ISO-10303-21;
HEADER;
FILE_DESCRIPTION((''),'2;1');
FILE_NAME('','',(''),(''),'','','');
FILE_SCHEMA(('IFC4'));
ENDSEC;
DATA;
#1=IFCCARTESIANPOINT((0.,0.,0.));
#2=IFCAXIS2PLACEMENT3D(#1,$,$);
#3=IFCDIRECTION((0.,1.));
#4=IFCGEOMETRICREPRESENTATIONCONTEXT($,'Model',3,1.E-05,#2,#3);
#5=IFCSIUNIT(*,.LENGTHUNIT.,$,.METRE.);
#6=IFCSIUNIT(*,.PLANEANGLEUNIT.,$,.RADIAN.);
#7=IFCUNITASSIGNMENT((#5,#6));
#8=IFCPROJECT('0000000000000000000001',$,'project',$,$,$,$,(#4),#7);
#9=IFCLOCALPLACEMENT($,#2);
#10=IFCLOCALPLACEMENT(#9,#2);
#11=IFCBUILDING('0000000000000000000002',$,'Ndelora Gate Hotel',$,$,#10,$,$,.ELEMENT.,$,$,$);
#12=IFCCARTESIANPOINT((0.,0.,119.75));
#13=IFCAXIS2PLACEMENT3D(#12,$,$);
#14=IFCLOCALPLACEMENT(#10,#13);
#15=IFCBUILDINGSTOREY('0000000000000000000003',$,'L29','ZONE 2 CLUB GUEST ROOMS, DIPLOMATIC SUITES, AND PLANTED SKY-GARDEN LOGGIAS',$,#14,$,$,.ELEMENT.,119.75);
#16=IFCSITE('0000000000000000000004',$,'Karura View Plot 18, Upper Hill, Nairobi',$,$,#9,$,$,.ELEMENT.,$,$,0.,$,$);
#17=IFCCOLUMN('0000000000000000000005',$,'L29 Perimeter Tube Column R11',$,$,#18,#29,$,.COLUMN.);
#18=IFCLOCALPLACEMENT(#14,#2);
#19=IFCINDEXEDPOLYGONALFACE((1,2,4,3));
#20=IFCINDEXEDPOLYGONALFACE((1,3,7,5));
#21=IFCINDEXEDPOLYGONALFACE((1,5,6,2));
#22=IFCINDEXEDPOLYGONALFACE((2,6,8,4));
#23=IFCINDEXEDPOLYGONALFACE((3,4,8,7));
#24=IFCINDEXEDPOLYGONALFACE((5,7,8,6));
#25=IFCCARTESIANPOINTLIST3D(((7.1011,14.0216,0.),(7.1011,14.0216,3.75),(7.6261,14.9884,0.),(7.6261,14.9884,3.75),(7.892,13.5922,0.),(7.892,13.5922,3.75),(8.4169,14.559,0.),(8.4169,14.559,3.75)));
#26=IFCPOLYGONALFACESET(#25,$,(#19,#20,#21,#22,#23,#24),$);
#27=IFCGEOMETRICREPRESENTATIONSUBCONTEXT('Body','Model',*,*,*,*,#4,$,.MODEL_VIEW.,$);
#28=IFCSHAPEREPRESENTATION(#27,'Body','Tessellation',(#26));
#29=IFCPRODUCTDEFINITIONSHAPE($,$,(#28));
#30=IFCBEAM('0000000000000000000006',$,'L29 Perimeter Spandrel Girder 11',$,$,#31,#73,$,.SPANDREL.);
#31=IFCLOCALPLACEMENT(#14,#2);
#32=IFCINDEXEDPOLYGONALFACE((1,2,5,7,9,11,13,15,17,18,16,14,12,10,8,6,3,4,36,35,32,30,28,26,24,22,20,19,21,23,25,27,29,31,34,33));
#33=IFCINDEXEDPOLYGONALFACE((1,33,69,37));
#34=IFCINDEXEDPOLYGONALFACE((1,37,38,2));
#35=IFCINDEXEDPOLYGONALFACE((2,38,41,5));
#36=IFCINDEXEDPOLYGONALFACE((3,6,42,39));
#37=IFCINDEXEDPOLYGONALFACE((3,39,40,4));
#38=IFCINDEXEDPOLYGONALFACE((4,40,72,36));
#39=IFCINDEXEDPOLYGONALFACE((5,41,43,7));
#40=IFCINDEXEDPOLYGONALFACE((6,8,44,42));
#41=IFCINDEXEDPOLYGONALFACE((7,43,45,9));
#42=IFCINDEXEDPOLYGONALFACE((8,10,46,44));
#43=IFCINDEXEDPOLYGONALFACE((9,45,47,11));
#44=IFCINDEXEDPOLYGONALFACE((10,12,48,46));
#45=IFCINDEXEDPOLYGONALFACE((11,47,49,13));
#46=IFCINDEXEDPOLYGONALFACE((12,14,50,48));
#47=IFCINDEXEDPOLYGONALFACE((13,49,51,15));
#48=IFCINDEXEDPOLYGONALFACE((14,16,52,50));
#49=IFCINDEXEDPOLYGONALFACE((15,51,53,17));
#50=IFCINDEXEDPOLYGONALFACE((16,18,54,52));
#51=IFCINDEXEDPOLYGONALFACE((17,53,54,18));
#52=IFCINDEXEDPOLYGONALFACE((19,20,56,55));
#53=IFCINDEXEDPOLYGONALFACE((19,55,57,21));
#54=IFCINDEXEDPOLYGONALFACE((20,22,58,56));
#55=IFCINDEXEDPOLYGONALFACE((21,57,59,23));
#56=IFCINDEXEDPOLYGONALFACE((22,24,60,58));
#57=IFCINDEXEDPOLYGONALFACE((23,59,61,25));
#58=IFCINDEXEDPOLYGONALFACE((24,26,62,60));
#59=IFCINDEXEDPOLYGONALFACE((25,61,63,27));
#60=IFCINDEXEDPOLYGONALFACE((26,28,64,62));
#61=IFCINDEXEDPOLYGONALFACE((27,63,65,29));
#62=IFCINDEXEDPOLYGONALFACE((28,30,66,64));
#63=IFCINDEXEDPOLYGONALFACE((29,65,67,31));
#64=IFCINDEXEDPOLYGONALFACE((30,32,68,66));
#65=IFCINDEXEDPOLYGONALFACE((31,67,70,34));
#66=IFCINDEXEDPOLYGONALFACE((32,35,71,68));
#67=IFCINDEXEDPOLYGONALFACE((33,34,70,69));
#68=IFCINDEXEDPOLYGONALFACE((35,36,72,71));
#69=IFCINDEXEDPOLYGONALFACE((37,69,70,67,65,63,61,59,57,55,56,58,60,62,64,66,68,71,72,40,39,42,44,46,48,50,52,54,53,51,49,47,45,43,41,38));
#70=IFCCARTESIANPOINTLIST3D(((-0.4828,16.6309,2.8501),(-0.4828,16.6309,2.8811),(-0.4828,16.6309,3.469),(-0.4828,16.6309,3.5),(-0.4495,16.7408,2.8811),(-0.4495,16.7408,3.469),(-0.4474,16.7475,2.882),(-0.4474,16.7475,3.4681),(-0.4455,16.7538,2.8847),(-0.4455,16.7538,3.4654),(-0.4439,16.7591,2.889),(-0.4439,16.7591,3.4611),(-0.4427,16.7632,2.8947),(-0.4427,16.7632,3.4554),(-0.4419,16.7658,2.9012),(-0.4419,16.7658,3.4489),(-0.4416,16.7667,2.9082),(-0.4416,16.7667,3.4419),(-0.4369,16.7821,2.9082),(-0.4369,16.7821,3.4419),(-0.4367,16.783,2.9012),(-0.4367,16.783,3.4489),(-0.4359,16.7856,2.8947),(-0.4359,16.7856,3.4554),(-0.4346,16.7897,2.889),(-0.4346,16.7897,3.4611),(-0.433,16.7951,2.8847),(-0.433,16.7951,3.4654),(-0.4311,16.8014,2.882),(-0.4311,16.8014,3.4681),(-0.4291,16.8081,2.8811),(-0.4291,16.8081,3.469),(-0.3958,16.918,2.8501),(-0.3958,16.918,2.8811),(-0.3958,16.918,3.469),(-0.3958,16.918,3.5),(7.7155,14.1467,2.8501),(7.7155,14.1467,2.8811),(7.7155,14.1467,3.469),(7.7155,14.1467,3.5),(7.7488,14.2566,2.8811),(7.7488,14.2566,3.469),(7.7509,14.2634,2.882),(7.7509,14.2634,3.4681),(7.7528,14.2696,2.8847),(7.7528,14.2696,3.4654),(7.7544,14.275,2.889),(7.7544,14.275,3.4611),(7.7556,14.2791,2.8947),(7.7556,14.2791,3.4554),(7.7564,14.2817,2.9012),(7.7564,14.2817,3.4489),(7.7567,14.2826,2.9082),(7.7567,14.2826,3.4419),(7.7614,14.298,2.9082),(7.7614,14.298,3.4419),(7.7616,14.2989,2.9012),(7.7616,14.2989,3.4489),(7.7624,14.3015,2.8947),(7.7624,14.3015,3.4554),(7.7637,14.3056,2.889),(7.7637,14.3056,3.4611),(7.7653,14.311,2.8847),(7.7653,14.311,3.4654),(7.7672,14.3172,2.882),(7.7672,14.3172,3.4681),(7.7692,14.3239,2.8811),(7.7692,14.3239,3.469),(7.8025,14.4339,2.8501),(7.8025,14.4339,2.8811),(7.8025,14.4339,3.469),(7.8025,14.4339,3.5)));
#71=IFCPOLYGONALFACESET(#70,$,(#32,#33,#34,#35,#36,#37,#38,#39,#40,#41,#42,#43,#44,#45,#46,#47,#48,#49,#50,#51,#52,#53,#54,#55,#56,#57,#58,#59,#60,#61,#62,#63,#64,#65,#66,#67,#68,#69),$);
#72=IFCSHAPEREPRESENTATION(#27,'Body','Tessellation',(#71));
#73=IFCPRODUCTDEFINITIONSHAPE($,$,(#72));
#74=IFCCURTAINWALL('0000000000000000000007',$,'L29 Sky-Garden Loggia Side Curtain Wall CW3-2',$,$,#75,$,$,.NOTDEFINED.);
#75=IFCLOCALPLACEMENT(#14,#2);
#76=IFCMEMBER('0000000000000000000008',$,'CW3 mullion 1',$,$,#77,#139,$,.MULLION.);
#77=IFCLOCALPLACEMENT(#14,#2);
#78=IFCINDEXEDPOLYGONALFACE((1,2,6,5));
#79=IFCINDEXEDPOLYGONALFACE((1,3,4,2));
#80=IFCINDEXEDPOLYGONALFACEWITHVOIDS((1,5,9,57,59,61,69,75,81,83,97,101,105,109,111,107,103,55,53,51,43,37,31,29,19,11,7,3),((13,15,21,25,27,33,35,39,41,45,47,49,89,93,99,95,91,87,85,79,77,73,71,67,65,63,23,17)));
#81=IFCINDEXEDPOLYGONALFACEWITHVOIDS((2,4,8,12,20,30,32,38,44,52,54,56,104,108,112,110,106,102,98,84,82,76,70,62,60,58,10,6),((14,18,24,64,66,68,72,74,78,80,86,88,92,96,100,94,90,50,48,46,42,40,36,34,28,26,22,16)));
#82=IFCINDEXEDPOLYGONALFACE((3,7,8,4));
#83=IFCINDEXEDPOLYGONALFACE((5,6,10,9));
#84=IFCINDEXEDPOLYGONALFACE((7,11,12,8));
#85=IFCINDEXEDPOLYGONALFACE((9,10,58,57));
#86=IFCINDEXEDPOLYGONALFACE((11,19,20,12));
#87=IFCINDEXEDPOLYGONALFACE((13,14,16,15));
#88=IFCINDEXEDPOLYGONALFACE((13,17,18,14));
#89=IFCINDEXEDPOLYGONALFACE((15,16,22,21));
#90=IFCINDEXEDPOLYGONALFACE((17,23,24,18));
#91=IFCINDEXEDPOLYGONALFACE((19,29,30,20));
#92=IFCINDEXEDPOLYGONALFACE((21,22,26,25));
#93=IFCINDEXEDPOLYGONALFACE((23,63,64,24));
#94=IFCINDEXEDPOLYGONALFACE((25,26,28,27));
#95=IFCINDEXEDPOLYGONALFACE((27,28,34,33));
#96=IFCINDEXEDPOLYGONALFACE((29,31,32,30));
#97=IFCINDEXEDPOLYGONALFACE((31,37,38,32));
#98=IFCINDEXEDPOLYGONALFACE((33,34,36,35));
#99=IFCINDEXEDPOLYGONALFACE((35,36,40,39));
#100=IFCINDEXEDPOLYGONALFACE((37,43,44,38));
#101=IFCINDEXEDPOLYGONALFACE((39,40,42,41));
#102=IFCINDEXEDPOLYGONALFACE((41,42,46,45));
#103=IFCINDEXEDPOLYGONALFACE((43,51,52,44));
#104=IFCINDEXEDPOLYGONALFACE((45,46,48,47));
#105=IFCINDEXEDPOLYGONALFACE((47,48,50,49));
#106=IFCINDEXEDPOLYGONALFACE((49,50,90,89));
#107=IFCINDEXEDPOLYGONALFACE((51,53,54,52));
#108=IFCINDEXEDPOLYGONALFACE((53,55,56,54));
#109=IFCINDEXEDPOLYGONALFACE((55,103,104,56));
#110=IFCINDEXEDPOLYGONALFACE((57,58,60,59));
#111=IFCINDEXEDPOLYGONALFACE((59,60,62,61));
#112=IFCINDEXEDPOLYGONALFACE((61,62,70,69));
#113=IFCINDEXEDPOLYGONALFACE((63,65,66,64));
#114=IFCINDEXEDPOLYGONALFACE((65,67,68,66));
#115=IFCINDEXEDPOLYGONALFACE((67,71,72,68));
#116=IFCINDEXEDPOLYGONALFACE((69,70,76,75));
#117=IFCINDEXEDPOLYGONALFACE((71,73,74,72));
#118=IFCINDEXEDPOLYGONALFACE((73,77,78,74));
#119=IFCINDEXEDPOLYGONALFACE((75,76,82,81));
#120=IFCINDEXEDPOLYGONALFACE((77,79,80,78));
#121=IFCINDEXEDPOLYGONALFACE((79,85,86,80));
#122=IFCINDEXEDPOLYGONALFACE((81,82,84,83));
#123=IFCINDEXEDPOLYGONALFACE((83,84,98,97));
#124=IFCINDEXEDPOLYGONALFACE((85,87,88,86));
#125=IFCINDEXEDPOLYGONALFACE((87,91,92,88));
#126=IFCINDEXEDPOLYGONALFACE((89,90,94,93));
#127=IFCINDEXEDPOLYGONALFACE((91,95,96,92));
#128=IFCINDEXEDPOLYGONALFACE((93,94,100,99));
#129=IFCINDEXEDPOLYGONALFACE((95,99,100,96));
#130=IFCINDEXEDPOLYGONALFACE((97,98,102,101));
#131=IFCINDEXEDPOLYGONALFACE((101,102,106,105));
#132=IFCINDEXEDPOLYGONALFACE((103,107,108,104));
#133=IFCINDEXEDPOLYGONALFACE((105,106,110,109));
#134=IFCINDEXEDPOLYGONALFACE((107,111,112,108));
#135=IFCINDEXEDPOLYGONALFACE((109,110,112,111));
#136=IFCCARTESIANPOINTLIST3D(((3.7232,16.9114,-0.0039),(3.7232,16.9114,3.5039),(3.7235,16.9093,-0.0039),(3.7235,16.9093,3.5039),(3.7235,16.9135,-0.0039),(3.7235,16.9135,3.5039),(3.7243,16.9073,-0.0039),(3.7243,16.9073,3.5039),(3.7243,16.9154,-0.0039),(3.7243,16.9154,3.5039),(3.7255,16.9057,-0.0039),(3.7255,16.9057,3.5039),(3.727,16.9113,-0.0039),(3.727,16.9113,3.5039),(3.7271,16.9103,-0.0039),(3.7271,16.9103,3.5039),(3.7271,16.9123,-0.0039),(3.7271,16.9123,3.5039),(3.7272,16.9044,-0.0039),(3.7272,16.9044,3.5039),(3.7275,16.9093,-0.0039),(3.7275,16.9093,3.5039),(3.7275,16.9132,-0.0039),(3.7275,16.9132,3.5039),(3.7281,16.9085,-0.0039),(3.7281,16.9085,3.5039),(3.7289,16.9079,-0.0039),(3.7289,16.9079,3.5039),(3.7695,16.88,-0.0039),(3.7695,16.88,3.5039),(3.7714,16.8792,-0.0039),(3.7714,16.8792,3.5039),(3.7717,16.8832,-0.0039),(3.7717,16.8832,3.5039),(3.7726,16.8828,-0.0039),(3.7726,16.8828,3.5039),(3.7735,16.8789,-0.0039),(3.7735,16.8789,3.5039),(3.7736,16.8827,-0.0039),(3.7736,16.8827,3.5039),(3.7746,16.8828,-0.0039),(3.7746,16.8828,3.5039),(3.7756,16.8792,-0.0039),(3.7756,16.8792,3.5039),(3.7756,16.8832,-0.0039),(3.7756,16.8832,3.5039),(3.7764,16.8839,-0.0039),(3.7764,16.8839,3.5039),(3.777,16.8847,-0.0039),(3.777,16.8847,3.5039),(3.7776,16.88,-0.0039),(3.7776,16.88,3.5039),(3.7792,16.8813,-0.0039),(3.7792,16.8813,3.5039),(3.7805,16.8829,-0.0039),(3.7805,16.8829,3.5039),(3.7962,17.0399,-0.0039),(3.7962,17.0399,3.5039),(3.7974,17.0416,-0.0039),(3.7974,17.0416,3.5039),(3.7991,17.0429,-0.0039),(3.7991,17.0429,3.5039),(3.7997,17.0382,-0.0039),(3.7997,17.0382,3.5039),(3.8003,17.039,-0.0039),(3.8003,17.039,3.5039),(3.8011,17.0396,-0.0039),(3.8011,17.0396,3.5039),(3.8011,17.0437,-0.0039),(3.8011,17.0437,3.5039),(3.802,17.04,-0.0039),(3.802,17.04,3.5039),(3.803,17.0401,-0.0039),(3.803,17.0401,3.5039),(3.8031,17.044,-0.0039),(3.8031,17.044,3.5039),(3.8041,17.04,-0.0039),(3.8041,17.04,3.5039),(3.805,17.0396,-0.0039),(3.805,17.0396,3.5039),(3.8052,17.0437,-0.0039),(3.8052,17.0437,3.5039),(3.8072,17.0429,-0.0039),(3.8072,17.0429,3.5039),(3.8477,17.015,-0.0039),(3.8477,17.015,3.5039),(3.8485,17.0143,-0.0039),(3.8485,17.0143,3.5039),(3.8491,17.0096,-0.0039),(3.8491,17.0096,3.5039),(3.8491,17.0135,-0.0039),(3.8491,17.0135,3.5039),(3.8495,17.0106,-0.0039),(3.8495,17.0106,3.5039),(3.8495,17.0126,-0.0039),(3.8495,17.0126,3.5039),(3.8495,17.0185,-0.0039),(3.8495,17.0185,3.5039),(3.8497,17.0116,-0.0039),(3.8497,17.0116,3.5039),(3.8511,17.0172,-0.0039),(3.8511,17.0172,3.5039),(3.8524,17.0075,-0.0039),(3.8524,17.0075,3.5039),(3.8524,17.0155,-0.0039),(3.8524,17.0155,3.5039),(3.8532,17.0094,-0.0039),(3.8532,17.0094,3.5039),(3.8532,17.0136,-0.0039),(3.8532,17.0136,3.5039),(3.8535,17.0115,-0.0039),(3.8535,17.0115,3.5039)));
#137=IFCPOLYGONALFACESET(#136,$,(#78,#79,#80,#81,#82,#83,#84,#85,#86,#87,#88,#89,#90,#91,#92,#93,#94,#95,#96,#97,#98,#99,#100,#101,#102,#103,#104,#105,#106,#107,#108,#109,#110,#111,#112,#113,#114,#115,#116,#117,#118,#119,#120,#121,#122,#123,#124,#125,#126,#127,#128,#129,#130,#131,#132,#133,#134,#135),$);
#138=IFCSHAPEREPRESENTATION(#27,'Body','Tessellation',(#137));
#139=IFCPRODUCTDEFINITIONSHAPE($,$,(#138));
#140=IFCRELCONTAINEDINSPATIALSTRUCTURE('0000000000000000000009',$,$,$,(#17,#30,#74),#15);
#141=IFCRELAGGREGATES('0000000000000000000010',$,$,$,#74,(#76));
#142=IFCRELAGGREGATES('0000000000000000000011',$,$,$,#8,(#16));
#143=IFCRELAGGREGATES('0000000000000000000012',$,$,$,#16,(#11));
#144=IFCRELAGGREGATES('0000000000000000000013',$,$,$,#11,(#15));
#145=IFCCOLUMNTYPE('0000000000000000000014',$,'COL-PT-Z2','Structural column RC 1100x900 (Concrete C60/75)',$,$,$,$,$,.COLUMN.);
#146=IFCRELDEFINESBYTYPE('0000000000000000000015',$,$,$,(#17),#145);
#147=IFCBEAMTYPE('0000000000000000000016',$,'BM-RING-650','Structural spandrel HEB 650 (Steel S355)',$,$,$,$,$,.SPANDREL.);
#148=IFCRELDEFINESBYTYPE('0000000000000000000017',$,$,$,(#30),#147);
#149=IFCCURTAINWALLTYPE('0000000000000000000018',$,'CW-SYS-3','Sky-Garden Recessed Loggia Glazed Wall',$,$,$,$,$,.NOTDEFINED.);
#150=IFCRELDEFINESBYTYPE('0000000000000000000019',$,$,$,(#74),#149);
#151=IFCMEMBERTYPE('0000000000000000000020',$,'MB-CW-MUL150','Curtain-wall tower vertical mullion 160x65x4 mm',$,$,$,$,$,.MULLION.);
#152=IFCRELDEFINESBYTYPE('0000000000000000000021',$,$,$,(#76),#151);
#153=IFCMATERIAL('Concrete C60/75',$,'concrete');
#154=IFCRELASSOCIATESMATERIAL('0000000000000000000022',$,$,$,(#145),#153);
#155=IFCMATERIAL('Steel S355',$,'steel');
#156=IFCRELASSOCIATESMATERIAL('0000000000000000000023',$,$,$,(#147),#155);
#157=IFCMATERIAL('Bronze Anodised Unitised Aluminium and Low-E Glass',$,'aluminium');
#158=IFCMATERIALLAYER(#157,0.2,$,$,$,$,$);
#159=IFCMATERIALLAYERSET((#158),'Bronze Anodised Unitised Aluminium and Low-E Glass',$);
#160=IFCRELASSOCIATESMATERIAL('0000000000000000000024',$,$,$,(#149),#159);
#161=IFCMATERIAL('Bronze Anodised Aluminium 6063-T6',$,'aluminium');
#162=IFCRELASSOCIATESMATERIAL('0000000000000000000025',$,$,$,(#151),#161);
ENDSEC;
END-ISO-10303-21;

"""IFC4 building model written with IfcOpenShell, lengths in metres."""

from ifc_helpers import new_model, si_unit, direction, frame, origin, origin_2d, place, context, subcontext, project, spatial, rectangle, hollow_rectangle, i_section, extrude, material, layer, layer_set, material_profile, profile_set, type_object, element, aggregate, save


model = new_model("IFC4")

# Units and contexts
model_context = context("Model", 3, precision=1e-05, world=origin(), true_north=direction((0.0, 1.0)))
body_context = subcontext(model_context, "Body", "Model", "MODEL_VIEW")
ifc_project = project(units=[si_unit("LENGTHUNIT", "METRE"), si_unit("PLANEANGLEUNIT", "RADIAN")], contexts=[model_context])

# Site, building, storey
site_placement = place(None, origin())
site = spatial("IfcSite", under=ifc_project, at=site_placement, Name="Karura View Plot 18, Upper Hill, Nairobi", CompositionType="ELEMENT", RefElevation=0.0)
building_placement = place(site_placement, origin())
building = spatial("IfcBuilding", under=site, at=building_placement, Name="Ndelora Gate Hotel", CompositionType="ELEMENT")
storey_placement = place(building_placement, frame((0.0, 0.0, 119.75)))
storey = spatial("IfcBuildingStorey", under=building, at=storey_placement, Name="L29", Description="ZONE 2 CLUB GUEST ROOMS, DIPLOMATIC SUITES, AND PLANTED SKY-GARDEN LOGGIAS", CompositionType="ELEMENT", Elevation=119.75)

# Column
ifc_material_1 = material(Name="Concrete C60/75", Category="concrete")
ifc_material_profile_1 = material_profile(ifc_material_1, rectangle(XDim=0.8999, YDim=1.1001, at=origin_2d()), Name="RC 1100x900")
ifc_profile_set_1 = profile_set([ifc_material_profile_1], Name="Concrete C60/75")
column_type = type_object("IfcColumnType", Name="COL-PT-Z2", Description="Structural column RC 1100x900 (Concrete C60/75)", PredefinedType="COLUMN", material=ifc_profile_set_1)
column_placement = place(storey_placement, frame((7.759, 14.2903, 0.0), z_axis=(0.0, 0.0, 1.0), x_axis=(-0.878817, 0.477159, 0.0)))
element("IfcColumn", 1, at=column_placement, inside=storey, type_object=column_type, Name="L29 Perimeter Tube Column R11", PredefinedType="COLUMN", context=body_context, shape_type="SweptSolid", body=[
    extrude(rectangle(XDim=0.8999, YDim=1.1001, at=origin_2d()), origin(), (0.0, 0.0, 1.0), 3.75),
])

# Beam
ifc_material_2 = material(Name="Steel S355", Category="steel")
ifc_material_profile_2 = material_profile(ifc_material_2, i_section(OverallWidth=0.3, OverallDepth=0.6499, WebThickness=0.0161, FlangeThickness=0.031, FilletRadius=0.0271, at=origin_2d()), Name="HEB 650")
ifc_profile_set_2 = profile_set([ifc_material_profile_2], Name="Steel S355")
beam_type = type_object("IfcBeamType", Name="BM-RING-650", Description="Structural spandrel HEB 650 (Steel S355)", PredefinedType="SPANDREL", material=ifc_profile_set_2)
beam_placement = place(storey_placement, frame((7.759, 14.2903, 3.175), z_axis=(-0.95703, 0.289988, 0.0), x_axis=(-0.289988, -0.95703, 0.0)))
element("IfcBeam", 2, at=beam_placement, inside=storey, type_object=beam_type, Name="L29 Perimeter Spandrel Girder 11", PredefinedType="SPANDREL", context=body_context, shape_type="SweptSolid", body=[
    extrude(i_section(OverallWidth=0.3, OverallDepth=0.6499, WebThickness=0.0161, FlangeThickness=0.031, FilletRadius=0.0271, at=origin_2d()), origin(), (0.0, 0.0, 1.0), 8.5664),
])

# Curtain wall, member
ifc_material_3 = material(Name="Bronze Anodised Unitised Aluminium and Low-E Glass", Category="aluminium")
ifc_layer_1 = layer(ifc_material_3, 0.2)
ifc_layer_set_1 = layer_set([ifc_layer_1], Name="Bronze Anodised Unitised Aluminium and Low-E Glass")
curtain_wall_type = type_object("IfcCurtainWallType", Name="CW-SYS-3", Description="Sky-Garden Recessed Loggia Glazed Wall", PredefinedType="NOTDEFINED", material=ifc_layer_set_1)
curtain_wall_placement = place(storey_placement, origin())
curtain_wall = element("IfcCurtainWall", 3, at=curtain_wall_placement, inside=storey, type_object=curtain_wall_type, Name="L29 Sky-Garden Loggia Side Curtain Wall CW3-2", PredefinedType="NOTDEFINED")
ifc_material_4 = material(Name="Bronze Anodised Aluminium 6063-T6", Category="aluminium")
ifc_material_profile_3 = material_profile(ifc_material_4, hollow_rectangle(XDim=0.0649, YDim=0.1599, WallThickness=0.0039, InnerFilletRadius=0.0039, OuterFilletRadius=0.0081, at=origin_2d()), Name="ALU 160x65x4")
ifc_profile_set_3 = profile_set([ifc_material_profile_3], Name="Bronze Anodised Aluminium 6063-T6")
member_type_1 = type_object("IfcMemberType", Name="MB-CW-MUL150", Description="Curtain-wall tower vertical mullion 160x65x4 mm", PredefinedType="MULLION", material=ifc_profile_set_3)
member_1_placement = place(storey_placement, frame((3.7883, 16.9614, -0.0039), z_axis=(0.0, 0.0, 1.0), x_axis=(0.866019, -0.500011, 0.0)))
member_1 = element("IfcMember", 4, at=member_1_placement, type_object=member_type_1, Name="CW3 mullion 1", PredefinedType="MULLION", context=body_context, shape_type="SweptSolid", body=[
    extrude(hollow_rectangle(XDim=0.0649, YDim=0.1599, WallThickness=0.0039, InnerFilletRadius=0.0039, OuterFilletRadius=0.0081, at=origin_2d()), origin(), (0.0, 0.0, 1.0), 3.5078),
])
aggregate(curtain_wall, [member_1])

save(model, "model.ifc")
